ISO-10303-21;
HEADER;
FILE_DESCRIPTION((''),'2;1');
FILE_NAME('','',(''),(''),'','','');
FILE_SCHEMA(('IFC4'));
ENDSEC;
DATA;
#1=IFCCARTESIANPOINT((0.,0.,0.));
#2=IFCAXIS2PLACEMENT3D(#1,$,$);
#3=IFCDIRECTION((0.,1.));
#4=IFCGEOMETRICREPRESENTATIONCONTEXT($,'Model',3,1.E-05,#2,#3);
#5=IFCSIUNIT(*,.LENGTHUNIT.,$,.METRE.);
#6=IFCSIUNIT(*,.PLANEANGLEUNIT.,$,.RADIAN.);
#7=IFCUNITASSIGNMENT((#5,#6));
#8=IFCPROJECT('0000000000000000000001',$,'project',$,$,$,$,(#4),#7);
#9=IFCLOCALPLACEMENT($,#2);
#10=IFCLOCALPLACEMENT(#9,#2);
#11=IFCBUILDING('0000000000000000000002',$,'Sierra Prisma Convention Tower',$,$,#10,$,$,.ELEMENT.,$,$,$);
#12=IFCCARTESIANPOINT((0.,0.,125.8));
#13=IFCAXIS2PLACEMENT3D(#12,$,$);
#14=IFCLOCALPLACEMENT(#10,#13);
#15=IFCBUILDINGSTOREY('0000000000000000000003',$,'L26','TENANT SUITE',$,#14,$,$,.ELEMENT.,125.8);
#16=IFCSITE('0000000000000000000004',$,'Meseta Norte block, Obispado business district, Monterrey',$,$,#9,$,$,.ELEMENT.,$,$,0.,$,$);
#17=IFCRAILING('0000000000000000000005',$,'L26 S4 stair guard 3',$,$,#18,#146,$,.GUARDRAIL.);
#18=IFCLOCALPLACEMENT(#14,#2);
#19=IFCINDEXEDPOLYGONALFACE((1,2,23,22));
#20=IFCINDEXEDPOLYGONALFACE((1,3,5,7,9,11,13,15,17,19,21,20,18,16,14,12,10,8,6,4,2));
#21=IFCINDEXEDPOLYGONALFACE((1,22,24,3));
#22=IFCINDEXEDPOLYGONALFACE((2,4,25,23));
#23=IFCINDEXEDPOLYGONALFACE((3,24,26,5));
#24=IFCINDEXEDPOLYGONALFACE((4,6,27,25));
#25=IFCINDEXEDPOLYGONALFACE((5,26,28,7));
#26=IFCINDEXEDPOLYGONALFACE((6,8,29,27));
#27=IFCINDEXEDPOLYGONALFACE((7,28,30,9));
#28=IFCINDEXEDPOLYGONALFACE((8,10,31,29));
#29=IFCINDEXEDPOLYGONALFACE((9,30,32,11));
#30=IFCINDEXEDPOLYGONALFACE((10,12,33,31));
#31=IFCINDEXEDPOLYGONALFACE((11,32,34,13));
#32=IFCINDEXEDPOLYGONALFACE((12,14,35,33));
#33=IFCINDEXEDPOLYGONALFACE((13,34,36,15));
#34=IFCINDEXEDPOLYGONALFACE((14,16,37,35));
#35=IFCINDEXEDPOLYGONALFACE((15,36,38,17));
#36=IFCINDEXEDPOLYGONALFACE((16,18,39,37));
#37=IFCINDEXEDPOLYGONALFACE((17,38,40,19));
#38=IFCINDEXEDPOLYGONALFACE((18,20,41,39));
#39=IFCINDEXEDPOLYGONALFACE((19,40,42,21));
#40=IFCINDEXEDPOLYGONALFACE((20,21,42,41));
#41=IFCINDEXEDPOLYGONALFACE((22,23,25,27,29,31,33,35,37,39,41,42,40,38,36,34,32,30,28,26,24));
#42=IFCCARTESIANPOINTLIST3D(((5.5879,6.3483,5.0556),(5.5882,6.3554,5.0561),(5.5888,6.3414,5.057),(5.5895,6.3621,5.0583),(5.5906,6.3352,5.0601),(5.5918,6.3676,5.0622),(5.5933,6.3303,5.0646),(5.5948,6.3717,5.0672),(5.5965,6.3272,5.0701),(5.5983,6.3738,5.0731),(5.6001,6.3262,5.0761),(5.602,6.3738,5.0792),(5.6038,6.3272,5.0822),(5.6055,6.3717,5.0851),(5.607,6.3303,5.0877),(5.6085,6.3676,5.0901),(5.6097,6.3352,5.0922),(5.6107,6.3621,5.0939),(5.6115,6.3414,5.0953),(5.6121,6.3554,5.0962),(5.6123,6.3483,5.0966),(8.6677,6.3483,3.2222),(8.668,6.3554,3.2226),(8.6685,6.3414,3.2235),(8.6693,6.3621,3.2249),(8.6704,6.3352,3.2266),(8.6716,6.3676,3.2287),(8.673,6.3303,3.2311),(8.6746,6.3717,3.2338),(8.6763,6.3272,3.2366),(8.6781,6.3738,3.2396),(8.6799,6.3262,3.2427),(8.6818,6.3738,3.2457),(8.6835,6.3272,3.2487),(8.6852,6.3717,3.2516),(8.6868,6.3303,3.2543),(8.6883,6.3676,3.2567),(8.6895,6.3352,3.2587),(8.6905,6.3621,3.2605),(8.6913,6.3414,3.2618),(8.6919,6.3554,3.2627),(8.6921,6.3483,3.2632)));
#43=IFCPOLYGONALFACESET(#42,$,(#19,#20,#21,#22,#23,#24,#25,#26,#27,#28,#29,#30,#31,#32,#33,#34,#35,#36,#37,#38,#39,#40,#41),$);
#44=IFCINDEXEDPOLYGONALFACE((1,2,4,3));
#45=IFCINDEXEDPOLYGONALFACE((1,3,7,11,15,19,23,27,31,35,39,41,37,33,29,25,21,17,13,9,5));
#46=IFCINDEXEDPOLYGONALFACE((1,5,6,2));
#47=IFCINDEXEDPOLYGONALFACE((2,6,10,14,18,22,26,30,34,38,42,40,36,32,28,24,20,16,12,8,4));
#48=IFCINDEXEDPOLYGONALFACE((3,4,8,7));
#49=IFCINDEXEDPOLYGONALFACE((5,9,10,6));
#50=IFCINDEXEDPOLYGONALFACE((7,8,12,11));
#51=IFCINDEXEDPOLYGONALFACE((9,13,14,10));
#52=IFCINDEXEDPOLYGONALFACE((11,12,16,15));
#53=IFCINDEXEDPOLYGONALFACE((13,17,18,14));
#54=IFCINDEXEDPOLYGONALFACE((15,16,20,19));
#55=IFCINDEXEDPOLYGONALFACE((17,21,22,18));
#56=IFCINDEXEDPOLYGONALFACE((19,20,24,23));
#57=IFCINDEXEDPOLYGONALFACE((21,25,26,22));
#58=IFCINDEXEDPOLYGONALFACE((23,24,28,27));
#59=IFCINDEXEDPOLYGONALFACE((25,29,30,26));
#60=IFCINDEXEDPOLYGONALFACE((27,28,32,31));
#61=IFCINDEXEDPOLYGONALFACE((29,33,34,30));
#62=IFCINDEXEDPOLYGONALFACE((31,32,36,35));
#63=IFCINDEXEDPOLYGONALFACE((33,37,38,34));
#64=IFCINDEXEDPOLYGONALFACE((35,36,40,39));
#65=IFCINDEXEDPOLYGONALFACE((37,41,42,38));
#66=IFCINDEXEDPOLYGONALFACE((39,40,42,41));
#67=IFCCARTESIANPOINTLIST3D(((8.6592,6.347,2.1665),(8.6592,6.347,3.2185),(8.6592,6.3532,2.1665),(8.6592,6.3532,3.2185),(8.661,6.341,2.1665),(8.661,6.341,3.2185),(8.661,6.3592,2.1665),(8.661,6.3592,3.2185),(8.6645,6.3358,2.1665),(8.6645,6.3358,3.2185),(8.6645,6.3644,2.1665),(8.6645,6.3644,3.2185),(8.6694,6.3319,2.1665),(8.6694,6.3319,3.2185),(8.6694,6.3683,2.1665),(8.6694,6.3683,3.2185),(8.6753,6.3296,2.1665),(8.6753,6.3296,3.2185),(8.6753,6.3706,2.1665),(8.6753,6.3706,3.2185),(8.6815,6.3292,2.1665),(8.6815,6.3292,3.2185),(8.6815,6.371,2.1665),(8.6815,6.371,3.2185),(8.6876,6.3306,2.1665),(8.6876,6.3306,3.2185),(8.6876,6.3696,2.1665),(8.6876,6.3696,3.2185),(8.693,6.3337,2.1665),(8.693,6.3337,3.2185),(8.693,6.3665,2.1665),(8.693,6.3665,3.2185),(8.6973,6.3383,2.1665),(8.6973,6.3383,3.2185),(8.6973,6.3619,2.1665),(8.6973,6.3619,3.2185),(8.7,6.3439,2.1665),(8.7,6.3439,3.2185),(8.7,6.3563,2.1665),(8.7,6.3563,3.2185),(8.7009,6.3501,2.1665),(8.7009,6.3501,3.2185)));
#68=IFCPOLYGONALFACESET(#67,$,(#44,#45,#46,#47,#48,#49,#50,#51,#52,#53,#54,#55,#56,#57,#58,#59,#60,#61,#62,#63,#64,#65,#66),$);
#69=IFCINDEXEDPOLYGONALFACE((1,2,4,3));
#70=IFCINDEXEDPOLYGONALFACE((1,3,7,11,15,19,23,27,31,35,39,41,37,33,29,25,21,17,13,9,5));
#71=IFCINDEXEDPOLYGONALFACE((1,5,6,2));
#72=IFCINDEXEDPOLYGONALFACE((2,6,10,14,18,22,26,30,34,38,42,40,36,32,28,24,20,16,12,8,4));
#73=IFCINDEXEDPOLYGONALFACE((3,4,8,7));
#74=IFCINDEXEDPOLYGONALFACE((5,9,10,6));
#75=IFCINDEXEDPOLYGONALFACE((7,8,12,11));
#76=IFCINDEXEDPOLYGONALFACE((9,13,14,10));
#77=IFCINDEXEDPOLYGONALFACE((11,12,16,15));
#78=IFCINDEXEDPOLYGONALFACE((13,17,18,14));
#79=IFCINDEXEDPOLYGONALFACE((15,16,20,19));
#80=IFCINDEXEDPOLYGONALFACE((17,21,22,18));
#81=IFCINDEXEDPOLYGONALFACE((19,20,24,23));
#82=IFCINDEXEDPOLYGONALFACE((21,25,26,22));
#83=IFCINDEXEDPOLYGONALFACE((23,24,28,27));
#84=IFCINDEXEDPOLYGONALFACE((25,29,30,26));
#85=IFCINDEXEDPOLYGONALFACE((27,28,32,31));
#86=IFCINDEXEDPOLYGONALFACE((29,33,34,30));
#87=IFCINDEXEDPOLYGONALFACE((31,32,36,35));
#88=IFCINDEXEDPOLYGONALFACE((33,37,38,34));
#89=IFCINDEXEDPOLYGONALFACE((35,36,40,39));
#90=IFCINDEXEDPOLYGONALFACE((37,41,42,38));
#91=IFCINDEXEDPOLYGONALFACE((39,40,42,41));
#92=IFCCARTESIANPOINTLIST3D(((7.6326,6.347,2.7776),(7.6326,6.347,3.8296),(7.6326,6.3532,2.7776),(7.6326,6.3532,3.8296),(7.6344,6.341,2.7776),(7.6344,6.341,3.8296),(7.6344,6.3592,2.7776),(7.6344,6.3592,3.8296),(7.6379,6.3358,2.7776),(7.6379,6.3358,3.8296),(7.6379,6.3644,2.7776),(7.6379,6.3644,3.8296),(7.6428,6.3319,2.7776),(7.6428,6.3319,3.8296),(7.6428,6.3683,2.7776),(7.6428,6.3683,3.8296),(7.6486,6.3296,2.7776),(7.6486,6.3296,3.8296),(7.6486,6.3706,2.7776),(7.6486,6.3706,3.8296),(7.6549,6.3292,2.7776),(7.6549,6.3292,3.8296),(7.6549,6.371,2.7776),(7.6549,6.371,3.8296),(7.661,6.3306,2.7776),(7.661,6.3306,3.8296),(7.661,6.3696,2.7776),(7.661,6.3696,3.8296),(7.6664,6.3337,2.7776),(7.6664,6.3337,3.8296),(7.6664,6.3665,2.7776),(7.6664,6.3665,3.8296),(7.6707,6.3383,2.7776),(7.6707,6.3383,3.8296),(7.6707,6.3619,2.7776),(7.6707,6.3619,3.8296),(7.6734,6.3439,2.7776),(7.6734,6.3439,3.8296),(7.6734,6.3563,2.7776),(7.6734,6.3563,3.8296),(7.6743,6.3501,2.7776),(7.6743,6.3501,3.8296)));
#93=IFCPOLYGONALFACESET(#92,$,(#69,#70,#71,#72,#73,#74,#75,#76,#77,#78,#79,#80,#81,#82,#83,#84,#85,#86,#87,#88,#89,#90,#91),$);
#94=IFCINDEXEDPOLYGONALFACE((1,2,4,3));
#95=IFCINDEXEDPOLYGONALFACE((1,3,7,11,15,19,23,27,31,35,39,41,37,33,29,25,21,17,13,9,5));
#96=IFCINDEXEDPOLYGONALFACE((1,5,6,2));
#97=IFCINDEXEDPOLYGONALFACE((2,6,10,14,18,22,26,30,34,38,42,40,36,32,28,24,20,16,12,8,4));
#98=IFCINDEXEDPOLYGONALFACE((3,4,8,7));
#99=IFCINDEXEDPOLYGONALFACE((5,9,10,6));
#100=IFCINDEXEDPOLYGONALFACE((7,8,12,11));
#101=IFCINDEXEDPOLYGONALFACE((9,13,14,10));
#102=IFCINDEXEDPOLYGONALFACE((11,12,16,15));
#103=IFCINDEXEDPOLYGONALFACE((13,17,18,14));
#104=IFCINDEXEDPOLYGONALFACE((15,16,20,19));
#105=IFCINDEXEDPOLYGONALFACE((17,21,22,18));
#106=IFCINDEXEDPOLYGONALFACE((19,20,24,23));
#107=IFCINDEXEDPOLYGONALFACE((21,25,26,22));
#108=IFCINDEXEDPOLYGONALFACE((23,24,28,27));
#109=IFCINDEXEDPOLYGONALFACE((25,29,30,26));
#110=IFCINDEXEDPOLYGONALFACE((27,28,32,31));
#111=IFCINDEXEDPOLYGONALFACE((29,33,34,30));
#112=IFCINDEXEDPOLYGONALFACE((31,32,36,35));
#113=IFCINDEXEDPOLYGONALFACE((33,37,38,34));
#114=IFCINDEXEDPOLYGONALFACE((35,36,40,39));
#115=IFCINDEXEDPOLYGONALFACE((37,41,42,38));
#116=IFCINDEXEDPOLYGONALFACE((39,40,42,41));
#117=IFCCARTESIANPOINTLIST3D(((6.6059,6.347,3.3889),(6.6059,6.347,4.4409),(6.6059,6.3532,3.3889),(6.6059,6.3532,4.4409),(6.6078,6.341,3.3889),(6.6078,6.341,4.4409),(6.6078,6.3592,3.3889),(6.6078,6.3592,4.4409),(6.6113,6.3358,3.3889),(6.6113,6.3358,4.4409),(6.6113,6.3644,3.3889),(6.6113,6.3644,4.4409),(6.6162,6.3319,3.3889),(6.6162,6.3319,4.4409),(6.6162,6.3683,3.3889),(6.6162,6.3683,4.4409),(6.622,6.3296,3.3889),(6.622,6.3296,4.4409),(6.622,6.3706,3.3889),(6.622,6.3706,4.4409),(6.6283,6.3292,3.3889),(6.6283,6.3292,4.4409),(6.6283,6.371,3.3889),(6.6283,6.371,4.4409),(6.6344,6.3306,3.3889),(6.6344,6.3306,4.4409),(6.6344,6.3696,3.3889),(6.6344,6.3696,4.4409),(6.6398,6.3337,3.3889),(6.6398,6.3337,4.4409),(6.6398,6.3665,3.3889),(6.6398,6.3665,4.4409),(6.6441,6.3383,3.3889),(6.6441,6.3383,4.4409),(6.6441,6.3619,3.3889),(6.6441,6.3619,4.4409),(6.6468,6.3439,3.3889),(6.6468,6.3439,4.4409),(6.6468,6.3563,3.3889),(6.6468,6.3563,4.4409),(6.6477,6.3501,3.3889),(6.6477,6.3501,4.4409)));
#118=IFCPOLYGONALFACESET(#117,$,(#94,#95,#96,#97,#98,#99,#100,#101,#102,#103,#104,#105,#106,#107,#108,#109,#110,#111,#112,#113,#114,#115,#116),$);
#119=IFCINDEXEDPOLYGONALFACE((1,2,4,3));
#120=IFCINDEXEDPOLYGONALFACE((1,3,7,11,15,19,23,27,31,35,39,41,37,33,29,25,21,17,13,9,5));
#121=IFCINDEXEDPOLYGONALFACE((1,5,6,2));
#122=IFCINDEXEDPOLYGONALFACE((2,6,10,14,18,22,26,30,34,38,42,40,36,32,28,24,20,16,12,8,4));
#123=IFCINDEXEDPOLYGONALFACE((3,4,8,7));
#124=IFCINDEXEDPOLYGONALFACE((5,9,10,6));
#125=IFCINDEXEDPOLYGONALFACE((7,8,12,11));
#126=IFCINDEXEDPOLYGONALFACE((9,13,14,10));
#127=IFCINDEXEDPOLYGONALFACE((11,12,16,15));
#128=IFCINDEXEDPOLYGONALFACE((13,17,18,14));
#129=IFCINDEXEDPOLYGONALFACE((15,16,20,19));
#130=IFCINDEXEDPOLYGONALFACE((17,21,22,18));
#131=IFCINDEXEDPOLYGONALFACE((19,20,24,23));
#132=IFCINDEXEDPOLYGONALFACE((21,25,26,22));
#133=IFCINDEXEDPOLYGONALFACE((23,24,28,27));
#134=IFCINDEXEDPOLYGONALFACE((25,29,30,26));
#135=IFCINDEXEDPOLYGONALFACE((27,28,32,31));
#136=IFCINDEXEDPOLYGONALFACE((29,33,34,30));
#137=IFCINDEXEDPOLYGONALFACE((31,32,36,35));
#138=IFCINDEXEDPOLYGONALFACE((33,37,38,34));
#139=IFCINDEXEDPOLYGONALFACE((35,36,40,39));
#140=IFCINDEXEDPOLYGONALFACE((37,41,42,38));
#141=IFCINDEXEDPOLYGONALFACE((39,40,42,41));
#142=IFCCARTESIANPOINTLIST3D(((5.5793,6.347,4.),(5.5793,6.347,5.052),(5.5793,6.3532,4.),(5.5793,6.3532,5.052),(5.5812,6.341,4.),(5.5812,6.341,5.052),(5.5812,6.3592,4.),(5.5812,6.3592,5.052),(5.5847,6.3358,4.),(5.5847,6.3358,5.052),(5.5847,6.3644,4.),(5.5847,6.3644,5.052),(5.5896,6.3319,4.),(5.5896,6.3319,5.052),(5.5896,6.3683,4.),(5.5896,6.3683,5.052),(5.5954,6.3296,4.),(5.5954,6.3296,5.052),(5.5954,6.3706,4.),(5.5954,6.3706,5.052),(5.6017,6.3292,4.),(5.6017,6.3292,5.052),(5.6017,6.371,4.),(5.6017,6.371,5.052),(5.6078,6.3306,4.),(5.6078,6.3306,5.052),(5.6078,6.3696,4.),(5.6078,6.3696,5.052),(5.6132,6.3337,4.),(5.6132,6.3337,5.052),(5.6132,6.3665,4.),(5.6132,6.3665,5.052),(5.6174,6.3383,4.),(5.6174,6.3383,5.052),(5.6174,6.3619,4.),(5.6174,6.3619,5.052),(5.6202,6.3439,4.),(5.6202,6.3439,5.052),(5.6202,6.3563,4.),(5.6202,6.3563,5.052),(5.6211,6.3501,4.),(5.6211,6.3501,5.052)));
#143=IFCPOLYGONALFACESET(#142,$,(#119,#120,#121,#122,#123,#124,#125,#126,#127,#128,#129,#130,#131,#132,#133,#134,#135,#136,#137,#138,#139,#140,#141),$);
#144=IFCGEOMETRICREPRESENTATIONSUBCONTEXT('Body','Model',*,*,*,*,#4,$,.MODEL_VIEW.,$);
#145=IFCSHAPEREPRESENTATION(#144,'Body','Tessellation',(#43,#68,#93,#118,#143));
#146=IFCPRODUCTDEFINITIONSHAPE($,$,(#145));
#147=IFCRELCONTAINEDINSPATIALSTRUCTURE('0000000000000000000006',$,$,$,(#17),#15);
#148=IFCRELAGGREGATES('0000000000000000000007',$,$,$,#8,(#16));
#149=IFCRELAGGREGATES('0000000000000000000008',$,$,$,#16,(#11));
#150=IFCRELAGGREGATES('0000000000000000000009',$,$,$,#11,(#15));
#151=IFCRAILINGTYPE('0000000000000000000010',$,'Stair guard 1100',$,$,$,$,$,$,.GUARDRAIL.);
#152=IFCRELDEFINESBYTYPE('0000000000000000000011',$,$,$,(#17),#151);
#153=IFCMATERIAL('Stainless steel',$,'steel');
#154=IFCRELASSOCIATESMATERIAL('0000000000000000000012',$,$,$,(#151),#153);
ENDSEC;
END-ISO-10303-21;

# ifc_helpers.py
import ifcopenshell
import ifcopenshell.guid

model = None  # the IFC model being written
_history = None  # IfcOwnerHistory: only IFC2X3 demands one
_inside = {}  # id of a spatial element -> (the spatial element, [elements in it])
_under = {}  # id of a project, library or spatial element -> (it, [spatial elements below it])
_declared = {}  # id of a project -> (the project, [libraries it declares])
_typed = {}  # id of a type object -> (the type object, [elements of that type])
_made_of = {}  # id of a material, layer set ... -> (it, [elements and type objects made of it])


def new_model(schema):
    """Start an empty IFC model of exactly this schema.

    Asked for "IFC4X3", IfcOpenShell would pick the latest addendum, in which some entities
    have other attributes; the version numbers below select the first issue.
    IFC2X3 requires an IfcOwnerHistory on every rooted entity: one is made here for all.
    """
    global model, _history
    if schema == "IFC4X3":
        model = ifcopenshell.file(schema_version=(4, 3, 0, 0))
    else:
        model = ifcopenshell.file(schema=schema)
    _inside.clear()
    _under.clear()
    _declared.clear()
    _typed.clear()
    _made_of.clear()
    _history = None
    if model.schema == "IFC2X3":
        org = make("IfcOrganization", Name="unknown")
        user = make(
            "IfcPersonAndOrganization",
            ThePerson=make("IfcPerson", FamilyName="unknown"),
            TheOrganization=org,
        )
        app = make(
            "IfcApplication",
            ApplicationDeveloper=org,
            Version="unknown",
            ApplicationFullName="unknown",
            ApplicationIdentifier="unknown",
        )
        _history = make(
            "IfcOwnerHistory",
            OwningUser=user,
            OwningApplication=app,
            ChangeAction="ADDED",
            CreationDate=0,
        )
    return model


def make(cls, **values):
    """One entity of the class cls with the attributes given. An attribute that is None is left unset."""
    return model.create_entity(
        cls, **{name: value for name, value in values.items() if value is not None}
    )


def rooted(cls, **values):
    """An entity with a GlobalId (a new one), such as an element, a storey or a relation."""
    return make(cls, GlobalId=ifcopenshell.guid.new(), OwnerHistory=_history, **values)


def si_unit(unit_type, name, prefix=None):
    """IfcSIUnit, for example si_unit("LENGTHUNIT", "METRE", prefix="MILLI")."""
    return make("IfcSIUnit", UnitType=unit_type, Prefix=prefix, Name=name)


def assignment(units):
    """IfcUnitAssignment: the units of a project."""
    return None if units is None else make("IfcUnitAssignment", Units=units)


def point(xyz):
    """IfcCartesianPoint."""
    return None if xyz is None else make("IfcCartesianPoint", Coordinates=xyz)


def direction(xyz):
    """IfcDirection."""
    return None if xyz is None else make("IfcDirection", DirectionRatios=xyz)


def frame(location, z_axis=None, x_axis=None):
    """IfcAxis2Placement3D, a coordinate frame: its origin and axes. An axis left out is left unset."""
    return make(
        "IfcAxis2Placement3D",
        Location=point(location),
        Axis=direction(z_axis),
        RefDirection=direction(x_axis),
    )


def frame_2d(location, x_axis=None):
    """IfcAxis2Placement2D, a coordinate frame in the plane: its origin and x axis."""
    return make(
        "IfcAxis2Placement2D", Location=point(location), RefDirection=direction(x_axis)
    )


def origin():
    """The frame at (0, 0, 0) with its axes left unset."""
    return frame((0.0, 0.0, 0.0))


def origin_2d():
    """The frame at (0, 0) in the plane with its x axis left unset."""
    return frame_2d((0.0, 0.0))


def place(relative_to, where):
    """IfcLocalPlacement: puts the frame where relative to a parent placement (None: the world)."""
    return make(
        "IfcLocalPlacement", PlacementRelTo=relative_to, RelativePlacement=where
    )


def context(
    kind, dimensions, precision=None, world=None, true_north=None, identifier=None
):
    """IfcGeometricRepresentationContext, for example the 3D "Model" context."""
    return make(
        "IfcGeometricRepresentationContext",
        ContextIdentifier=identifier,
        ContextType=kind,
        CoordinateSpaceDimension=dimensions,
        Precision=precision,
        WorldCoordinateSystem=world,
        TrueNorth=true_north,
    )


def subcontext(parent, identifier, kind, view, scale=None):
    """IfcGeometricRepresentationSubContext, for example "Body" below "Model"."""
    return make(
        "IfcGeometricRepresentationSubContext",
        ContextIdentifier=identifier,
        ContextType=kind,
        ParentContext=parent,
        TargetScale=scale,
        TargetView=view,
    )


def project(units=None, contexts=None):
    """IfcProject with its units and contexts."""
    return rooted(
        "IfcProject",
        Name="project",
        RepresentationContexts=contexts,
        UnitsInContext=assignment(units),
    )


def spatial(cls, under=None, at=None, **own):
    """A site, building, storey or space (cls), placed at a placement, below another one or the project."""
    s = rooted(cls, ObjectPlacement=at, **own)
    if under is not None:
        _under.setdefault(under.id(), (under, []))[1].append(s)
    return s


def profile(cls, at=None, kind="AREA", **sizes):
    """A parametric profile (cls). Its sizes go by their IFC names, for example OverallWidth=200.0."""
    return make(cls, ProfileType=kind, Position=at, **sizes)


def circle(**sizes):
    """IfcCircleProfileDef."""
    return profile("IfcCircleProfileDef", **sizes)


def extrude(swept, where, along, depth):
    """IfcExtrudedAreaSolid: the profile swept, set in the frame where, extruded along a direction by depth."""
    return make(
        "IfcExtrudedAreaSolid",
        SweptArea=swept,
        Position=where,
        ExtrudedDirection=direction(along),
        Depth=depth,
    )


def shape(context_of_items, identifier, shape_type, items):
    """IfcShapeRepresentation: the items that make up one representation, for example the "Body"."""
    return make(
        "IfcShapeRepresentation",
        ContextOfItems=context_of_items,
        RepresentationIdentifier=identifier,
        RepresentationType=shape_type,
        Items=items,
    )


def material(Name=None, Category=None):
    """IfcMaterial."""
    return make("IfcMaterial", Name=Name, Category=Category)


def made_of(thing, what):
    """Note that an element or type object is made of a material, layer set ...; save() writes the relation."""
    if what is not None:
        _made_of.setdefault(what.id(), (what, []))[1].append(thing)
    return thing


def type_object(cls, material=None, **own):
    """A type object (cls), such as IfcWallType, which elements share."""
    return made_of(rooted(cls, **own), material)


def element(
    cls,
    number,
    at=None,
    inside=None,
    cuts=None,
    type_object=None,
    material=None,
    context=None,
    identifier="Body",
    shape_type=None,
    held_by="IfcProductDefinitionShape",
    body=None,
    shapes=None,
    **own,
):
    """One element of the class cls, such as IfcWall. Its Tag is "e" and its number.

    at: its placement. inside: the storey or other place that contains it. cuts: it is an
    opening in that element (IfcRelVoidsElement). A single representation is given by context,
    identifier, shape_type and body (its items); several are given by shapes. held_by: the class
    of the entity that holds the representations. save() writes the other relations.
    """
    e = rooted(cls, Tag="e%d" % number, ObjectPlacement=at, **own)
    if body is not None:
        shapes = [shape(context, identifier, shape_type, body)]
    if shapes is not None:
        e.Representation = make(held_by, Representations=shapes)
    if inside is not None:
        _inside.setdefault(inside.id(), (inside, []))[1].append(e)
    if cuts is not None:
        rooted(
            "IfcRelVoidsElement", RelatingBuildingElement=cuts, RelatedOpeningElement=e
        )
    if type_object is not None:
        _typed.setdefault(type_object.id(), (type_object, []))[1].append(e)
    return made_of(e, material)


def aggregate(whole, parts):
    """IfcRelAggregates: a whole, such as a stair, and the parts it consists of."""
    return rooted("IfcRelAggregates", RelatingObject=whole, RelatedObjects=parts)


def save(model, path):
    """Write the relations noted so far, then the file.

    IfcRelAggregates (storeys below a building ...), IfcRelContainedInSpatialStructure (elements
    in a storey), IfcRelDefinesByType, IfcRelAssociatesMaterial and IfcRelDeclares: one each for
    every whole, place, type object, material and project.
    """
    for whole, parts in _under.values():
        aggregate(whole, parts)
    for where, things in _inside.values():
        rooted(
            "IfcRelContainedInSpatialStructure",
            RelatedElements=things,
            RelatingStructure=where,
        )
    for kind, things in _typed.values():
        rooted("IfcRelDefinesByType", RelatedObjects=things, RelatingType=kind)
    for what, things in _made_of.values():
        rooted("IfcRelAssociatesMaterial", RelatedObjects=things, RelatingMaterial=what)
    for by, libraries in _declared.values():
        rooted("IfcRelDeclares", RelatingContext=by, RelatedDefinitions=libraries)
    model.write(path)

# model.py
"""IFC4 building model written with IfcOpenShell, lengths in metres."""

from ifc_helpers import new_model, si_unit, direction, frame, origin, origin_2d, place, context, subcontext, project, spatial, circle, extrude, material, type_object, element, save


model = new_model("IFC4")

# Units and contexts
model_context = context("Model", 3, precision=1e-05, world=origin(), true_north=direction((0.0, 1.0)))
body_context = subcontext(model_context, "Body", "Model", "MODEL_VIEW")
ifc_project = project(units=[si_unit("LENGTHUNIT", "METRE"), si_unit("PLANEANGLEUNIT", "RADIAN")], contexts=[model_context])

# Site, building, storey
site_placement = place(None, origin())
site = spatial("IfcSite", under=ifc_project, at=site_placement, Name="Meseta Norte block, Obispado business district, Monterrey", CompositionType="ELEMENT", RefElevation=0.0)
building_placement = place(site_placement, origin())
building = spatial("IfcBuilding", under=site, at=building_placement, Name="Sierra Prisma Convention Tower", CompositionType="ELEMENT")
storey_placement = place(building_placement, frame((0.0, 0.0, 125.8)))
storey = spatial("IfcBuildingStorey", under=building, at=storey_placement, Name="L26", Description="TENANT SUITE", CompositionType="ELEMENT", Elevation=125.8)

# Railing
ifc_material_1 = material(Name="Stainless steel", Category="steel")
railing_type_1 = type_object("IfcRailingType", Name="Stair guard 1100", PredefinedType="GUARDRAIL", material=ifc_material_1)
railing_1_placement = place(storey_placement, frame((8.6799, 6.3501, 2.1665)))
element("IfcRailing", 1, at=railing_1_placement, inside=storey, type_object=railing_type_1, Name="L26 S4 stair guard 3", PredefinedType="GUARDRAIL", context=body_context, shape_type="SweptSolid", body=[
    extrude(circle(Radius=0.0239, at=origin_2d()), frame((0.0, 0.0, 1.0762), z_axis=(-0.859261, 0.0, 0.511538), x_axis=(0.0, -1.0, 0.0)), (0.0, 0.0, 1.0), 3.5842),
    extrude(circle(Radius=0.021, at=origin_2d()), origin(), (0.0, 0.0, 1.0), 1.052),
    extrude(circle(Radius=0.021, at=origin_2d()), frame((-1.0266, 0.0, 0.6111)), (0.0, 0.0, 1.0), 1.052),
    extrude(circle(Radius=0.021, at=origin_2d()), frame((-2.0532, 0.0, 1.2224)), (0.0, 0.0, 1.0), 1.052),
    extrude(circle(Radius=0.021, at=origin_2d()), frame((-3.0798, 0.0, 1.8335)), (0.0, 0.0, 1.0), 1.052),
])

save(model, "model.ifc")
